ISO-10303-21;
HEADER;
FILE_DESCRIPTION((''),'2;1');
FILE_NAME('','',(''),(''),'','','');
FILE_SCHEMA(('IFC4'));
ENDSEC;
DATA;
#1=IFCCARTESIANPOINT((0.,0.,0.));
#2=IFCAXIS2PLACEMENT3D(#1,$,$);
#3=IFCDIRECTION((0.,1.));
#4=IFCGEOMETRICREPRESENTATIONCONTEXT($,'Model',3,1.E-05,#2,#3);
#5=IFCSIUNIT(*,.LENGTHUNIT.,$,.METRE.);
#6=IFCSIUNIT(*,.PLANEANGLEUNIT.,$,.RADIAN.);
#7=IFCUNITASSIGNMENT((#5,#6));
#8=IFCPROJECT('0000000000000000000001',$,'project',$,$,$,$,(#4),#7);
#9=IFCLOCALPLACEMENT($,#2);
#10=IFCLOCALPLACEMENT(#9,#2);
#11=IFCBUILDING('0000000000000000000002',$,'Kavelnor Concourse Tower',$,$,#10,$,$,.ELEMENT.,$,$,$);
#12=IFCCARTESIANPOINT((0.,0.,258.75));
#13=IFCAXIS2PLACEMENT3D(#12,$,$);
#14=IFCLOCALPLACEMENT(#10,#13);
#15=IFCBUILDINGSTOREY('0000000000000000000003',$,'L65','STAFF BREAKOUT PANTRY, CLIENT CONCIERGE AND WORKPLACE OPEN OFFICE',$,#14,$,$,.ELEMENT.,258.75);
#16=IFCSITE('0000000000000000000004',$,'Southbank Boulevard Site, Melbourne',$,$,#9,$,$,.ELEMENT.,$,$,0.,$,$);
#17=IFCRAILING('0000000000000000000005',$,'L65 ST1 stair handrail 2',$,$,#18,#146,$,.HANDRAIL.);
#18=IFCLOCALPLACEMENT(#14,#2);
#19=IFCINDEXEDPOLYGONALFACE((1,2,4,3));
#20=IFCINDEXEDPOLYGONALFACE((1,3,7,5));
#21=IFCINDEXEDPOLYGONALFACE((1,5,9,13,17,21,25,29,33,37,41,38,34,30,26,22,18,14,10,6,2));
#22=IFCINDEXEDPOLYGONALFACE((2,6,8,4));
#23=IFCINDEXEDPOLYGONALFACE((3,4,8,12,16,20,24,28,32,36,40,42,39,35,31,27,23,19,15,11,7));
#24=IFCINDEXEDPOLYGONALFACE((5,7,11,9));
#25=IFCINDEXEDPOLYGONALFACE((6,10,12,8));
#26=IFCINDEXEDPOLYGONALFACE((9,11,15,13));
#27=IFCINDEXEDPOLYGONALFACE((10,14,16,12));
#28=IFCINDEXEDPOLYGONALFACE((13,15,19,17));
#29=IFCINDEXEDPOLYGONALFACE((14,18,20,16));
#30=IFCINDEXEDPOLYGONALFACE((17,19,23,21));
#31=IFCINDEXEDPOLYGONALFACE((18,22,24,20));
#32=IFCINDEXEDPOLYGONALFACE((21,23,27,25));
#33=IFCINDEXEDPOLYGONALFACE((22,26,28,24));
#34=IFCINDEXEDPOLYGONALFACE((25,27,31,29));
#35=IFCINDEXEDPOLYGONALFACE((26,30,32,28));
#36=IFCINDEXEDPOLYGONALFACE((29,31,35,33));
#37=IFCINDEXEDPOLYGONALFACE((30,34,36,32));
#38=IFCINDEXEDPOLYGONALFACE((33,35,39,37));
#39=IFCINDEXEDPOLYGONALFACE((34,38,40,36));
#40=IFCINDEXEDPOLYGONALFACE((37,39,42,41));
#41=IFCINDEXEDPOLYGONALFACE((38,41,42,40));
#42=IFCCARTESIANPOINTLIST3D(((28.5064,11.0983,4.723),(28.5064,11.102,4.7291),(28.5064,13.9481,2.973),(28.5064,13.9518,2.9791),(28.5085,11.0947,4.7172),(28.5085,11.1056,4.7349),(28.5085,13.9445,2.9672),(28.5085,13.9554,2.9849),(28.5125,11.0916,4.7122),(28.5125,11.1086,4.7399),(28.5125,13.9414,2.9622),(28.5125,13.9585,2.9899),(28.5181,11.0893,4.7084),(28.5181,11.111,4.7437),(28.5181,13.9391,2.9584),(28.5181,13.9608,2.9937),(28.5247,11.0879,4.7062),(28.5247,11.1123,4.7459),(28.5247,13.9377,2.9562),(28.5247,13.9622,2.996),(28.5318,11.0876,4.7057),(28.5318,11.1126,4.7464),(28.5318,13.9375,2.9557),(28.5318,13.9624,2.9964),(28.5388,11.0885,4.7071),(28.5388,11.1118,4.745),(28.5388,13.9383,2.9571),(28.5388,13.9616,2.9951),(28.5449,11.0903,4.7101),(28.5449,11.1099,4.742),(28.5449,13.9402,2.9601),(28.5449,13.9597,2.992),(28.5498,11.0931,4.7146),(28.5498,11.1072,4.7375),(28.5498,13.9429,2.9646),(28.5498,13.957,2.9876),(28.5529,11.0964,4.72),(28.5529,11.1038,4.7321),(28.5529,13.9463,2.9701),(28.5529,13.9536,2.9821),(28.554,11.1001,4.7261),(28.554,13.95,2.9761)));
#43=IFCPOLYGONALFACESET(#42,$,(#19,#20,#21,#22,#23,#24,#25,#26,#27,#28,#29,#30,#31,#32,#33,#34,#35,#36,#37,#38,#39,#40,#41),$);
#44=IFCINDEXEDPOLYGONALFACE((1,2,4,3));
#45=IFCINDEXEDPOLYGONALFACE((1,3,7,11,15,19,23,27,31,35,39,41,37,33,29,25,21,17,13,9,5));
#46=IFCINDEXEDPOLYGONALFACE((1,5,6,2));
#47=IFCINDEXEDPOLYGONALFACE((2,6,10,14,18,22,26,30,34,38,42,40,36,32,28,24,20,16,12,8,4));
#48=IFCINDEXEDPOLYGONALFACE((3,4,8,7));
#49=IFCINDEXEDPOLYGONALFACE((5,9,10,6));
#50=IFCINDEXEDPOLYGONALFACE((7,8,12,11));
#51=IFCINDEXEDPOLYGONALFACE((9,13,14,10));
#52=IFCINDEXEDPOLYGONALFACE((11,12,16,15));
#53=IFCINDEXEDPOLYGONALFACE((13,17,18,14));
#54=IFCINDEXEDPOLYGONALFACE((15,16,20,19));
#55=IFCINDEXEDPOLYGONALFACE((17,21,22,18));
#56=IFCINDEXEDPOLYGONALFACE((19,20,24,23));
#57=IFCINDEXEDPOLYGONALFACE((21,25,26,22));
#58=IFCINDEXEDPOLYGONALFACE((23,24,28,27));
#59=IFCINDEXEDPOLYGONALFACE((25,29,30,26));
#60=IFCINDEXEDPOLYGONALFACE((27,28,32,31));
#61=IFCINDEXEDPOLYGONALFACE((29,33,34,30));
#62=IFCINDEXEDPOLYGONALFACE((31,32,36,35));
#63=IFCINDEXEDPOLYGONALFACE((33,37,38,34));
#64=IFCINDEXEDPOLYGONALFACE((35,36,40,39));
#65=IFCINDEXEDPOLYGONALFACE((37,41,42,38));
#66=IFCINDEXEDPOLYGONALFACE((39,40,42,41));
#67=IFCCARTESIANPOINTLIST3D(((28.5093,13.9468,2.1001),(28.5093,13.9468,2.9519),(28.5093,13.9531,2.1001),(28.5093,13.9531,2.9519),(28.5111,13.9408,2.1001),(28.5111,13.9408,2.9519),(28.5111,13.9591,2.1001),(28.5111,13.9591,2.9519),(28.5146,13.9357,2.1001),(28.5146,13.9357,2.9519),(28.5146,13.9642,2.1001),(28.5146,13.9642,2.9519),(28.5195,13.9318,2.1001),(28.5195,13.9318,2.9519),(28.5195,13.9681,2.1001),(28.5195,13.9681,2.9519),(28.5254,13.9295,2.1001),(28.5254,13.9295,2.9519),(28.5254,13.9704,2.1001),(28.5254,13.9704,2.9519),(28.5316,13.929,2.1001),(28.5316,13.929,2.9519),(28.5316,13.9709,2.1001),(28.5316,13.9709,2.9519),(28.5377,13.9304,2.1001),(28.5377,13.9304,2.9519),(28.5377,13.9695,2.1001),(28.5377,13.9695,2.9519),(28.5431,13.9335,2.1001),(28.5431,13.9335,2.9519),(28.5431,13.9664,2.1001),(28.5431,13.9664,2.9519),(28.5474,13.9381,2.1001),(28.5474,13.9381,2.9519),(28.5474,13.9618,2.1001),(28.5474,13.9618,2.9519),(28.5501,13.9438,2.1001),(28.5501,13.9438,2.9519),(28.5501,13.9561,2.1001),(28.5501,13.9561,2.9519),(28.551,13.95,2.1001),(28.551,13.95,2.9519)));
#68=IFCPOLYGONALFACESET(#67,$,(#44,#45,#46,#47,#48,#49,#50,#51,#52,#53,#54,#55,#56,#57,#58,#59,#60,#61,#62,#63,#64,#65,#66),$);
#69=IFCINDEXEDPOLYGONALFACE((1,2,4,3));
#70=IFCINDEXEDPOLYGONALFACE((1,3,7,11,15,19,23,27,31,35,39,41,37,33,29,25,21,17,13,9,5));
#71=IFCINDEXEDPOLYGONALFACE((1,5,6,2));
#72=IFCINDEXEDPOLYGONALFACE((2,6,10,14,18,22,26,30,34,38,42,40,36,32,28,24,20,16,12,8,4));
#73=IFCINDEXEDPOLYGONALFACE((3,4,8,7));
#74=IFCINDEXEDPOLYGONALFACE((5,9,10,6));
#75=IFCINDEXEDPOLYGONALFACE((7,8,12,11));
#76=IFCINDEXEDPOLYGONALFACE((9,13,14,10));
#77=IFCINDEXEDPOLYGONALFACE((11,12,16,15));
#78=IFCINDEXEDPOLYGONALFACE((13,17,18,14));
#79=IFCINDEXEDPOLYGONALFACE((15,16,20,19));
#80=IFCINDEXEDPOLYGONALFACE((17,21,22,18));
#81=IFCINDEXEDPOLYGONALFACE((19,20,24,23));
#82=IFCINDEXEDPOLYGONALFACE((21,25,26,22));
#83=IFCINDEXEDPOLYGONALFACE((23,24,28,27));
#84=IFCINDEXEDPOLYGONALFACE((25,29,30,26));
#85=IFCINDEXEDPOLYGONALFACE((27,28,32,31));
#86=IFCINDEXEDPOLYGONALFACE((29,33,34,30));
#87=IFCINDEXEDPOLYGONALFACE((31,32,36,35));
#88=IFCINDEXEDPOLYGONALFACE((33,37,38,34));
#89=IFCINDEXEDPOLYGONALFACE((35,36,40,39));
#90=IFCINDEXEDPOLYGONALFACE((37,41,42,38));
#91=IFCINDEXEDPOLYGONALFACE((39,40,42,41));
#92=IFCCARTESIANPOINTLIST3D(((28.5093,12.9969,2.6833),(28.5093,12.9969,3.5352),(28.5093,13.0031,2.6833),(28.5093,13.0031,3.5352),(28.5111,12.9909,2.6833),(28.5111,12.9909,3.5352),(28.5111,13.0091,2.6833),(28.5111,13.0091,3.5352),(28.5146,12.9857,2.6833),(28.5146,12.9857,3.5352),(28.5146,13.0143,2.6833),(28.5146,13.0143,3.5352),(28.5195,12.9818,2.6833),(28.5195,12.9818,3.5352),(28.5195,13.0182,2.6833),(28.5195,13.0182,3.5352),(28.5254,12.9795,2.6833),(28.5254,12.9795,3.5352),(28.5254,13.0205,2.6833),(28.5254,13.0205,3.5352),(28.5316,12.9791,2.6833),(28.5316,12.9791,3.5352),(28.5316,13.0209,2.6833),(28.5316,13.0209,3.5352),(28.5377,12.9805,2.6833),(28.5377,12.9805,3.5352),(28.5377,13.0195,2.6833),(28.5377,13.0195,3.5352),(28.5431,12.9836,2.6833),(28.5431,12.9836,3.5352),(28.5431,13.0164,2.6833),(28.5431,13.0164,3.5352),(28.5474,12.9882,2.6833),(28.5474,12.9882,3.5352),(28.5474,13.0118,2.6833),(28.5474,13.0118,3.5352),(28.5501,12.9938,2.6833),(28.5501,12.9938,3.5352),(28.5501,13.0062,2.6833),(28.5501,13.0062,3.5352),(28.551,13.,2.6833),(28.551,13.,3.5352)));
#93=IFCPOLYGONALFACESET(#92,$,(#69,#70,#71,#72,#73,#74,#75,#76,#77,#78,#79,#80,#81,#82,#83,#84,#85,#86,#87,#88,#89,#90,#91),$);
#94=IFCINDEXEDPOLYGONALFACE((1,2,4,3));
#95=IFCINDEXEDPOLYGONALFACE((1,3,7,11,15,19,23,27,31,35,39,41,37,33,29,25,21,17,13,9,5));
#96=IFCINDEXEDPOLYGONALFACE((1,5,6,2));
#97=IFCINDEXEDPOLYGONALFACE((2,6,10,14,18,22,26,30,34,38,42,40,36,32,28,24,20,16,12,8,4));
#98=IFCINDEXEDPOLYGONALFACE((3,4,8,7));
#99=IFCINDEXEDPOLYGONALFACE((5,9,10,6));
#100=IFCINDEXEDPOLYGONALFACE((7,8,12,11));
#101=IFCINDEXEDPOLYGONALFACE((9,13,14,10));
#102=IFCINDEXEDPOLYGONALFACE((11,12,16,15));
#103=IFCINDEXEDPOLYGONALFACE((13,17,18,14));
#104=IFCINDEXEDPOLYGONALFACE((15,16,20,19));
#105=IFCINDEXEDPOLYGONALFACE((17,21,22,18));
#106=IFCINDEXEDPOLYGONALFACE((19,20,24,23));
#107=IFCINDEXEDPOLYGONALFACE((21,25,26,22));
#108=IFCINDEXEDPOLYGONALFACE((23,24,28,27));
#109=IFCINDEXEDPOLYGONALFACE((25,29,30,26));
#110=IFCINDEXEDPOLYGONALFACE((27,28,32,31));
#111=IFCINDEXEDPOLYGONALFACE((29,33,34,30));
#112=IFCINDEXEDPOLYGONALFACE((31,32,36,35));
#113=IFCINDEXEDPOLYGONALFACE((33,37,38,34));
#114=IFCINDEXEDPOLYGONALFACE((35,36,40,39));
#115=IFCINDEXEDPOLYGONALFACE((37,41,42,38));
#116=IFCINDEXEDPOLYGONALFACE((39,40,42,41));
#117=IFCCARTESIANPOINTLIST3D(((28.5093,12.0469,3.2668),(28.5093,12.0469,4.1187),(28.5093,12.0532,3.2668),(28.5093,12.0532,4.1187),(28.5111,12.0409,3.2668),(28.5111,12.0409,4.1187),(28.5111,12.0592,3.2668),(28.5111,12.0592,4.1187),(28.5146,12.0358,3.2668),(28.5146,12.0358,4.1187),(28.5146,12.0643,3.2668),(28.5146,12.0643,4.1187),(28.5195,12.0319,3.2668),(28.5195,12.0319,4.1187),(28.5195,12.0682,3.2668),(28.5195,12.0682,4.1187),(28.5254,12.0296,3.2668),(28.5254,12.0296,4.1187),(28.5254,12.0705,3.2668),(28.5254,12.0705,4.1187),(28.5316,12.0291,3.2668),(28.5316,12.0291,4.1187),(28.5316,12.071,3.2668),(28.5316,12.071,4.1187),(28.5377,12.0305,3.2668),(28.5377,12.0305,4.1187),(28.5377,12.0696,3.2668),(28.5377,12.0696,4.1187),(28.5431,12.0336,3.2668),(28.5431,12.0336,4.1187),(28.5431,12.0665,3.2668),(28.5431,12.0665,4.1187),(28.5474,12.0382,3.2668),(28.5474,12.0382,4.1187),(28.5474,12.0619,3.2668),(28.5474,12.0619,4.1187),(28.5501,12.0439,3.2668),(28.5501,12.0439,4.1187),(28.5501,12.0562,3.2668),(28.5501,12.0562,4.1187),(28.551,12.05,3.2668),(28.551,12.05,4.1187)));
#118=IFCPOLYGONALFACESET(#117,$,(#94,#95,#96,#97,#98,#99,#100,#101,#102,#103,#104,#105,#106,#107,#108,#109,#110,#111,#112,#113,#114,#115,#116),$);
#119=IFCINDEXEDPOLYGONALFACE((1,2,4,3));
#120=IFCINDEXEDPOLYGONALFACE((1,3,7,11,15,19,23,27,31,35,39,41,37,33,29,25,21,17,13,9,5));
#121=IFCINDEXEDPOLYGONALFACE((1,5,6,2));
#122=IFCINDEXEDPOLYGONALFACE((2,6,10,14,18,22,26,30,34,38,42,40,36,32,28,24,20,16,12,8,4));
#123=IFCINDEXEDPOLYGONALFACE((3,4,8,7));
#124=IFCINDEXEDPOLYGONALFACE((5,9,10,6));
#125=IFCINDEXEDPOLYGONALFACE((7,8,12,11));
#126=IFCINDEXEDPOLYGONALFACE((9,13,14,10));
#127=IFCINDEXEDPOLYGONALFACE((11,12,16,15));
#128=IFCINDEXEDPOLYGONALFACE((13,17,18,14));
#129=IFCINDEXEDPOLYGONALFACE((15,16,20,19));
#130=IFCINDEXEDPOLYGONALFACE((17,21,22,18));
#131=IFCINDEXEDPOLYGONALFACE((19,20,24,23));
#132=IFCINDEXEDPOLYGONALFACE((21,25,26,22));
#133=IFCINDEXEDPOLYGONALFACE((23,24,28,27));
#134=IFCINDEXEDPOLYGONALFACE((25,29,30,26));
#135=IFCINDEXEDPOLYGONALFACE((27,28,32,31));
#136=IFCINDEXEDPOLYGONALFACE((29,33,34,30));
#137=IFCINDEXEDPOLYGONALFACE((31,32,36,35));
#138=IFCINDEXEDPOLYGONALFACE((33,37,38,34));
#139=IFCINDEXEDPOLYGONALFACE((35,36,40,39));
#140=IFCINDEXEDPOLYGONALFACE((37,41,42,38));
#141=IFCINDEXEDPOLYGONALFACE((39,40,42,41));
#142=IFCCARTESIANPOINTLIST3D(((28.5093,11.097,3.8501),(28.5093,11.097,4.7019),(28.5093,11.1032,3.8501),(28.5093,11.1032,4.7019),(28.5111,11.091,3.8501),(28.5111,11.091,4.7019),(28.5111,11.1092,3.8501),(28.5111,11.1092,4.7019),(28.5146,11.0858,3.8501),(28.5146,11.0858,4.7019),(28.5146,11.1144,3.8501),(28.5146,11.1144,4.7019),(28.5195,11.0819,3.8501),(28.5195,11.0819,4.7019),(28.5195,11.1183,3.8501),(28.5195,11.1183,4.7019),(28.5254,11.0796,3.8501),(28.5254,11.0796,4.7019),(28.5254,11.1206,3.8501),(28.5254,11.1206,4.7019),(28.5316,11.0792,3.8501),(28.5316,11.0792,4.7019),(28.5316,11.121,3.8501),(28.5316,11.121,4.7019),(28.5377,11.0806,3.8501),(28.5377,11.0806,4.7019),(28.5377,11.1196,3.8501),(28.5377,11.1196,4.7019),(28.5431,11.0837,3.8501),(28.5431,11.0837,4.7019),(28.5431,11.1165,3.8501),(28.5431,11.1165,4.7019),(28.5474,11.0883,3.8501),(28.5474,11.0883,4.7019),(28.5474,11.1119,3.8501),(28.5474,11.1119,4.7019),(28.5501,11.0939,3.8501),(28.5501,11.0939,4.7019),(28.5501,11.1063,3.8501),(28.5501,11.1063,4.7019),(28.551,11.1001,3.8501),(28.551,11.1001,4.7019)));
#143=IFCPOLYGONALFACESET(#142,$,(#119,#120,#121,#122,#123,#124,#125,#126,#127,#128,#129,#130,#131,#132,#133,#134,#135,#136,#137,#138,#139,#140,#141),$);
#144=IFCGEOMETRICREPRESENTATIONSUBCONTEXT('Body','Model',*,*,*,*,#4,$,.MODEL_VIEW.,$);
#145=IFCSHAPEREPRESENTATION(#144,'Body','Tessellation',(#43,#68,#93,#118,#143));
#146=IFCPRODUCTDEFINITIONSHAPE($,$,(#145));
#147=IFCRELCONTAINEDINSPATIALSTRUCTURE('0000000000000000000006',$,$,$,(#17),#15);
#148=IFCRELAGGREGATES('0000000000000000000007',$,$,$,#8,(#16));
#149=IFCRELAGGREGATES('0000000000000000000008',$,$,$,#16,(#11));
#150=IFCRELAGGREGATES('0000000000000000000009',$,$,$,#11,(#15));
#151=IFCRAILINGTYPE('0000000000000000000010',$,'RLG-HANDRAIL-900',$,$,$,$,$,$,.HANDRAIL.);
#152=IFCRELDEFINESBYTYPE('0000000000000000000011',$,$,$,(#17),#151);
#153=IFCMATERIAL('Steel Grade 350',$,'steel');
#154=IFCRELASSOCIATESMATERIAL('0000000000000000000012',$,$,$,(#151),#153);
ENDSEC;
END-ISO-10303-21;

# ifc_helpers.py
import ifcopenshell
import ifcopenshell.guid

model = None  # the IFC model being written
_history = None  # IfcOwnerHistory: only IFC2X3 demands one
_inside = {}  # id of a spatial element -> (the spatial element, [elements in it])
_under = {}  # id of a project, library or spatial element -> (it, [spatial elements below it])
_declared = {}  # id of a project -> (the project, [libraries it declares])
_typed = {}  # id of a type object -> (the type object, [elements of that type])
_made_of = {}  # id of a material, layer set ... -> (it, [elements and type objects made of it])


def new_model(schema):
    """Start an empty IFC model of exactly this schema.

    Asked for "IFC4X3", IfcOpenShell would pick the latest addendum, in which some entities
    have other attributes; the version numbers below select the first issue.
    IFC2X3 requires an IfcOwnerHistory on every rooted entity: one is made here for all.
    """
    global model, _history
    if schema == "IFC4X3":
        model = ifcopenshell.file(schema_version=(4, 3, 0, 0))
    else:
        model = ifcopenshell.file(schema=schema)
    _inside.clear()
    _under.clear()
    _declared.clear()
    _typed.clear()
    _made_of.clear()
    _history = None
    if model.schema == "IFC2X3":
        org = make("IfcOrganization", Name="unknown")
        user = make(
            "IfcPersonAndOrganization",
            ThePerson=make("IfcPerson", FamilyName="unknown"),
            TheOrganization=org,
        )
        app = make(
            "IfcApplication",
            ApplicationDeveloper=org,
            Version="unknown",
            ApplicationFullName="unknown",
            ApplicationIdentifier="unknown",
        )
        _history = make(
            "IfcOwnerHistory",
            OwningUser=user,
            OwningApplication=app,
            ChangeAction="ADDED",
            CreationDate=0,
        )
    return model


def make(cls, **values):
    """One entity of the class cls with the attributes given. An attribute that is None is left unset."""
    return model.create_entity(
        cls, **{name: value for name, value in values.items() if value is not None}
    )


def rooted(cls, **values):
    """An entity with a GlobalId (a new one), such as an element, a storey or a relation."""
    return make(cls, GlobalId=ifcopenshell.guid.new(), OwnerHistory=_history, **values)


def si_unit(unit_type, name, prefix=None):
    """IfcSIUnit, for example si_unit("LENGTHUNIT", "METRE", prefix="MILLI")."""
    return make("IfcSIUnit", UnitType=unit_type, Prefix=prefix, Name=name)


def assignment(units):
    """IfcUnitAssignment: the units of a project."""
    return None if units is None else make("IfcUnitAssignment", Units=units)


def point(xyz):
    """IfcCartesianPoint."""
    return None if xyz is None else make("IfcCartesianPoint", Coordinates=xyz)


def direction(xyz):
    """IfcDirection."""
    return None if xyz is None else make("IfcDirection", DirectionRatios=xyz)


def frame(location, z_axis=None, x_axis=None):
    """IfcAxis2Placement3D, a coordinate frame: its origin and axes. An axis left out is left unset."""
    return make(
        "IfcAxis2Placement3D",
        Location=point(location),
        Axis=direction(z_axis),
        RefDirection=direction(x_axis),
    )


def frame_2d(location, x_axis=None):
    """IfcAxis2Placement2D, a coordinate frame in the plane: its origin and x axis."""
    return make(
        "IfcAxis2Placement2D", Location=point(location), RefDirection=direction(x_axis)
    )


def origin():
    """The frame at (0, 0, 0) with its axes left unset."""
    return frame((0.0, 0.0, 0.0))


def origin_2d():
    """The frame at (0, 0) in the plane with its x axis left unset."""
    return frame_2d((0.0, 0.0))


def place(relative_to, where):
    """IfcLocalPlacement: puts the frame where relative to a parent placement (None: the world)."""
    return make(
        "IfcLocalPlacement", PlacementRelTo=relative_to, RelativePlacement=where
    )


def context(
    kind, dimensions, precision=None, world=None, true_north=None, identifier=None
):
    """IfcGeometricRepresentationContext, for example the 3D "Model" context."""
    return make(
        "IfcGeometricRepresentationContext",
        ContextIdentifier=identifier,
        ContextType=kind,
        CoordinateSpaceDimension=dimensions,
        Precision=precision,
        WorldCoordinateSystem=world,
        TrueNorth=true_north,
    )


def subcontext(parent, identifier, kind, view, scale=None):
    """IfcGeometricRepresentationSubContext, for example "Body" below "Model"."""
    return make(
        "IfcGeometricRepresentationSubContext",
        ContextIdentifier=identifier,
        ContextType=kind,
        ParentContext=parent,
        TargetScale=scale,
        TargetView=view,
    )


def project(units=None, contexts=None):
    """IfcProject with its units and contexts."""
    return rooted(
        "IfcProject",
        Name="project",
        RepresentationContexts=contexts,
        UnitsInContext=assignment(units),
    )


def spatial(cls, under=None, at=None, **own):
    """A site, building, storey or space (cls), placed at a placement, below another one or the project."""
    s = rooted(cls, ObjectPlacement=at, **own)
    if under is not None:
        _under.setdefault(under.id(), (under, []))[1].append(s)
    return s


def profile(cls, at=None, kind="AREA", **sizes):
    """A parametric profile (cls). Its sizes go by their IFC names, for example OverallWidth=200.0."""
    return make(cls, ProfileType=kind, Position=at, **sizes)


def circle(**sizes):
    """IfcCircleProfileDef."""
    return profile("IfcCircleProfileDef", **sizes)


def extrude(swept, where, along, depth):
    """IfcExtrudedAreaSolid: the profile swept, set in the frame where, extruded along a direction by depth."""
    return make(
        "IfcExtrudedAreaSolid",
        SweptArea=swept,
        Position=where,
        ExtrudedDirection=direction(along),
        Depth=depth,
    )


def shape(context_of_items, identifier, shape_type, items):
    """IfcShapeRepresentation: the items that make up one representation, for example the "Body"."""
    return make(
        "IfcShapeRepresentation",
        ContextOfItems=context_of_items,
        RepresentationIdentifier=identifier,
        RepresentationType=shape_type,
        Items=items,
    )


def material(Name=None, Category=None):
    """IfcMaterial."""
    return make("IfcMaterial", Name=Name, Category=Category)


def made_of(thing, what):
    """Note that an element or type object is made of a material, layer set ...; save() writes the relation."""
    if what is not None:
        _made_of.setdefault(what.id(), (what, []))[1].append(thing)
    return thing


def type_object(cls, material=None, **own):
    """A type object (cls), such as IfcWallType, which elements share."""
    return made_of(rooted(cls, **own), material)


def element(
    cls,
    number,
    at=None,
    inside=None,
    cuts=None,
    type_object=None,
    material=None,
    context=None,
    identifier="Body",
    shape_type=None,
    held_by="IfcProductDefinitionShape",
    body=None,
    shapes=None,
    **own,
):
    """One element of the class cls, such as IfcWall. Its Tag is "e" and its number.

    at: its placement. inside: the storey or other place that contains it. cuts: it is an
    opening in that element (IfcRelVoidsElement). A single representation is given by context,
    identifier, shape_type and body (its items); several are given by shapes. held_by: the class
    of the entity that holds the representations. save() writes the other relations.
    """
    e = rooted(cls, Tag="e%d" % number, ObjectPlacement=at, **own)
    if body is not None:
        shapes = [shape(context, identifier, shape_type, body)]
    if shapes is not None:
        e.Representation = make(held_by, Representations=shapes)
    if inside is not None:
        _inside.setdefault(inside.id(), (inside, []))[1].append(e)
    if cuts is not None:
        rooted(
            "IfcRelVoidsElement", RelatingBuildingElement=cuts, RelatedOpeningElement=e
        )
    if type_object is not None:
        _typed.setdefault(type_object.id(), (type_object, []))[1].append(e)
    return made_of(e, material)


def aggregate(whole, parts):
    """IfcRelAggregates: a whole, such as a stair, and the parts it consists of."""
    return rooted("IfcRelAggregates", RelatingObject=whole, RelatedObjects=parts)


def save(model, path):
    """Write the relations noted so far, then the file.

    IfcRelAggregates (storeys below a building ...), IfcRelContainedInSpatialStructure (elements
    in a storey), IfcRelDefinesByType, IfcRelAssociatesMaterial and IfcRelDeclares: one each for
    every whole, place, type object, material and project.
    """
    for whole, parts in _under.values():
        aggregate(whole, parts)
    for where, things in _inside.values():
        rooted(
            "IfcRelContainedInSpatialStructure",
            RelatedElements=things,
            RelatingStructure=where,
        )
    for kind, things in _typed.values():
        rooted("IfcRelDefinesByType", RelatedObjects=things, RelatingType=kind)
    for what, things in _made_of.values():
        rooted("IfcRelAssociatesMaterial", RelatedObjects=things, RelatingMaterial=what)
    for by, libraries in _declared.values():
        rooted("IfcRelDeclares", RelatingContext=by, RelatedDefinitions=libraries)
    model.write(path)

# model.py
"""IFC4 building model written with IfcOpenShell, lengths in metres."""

from ifc_helpers import new_model, si_unit, direction, frame, origin, origin_2d, place, context, subcontext, project, spatial, circle, extrude, material, type_object, element, save


model = new_model("IFC4")

# Units and contexts
model_context = context("Model", 3, precision=1e-05, world=origin(), true_north=direction((0.0, 1.0)))
body_context = subcontext(model_context, "Body", "Model", "MODEL_VIEW")
ifc_project = project(units=[si_unit("LENGTHUNIT", "METRE"), si_unit("PLANEANGLEUNIT", "RADIAN")], contexts=[model_context])

# Site, building, storey
site_placement = place(None, origin())
site = spatial("IfcSite", under=ifc_project, at=site_placement, Name="Southbank Boulevard Site, Melbourne", CompositionType="ELEMENT", RefElevation=0.0)
building_placement = place(site_placement, origin())
building = spatial("IfcBuilding", under=site, at=building_placement, Name="Kavelnor Concourse Tower", CompositionType="ELEMENT")
storey_placement = place(building_placement, frame((0.0, 0.0, 258.75)))
storey = spatial("IfcBuildingStorey", under=building, at=storey_placement, Name="L65", Description="STAFF BREAKOUT PANTRY, CLIENT CONCIERGE AND WORKPLACE OPEN OFFICE", CompositionType="ELEMENT", Elevation=258.75)

# Shared definitions
ifc_material_1 = material(Name="Steel Grade 350", Category="steel")

# Railing
railing_type_1 = type_object("IfcRailingType", Name="RLG-HANDRAIL-900", PredefinedType="HANDRAIL", material=ifc_material_1)
railing_1_placement = place(storey_placement, frame((28.53, 13.95, 2.1001)))
element("IfcRailing", 1, at=railing_1_placement, inside=storey, type_object=railing_type_1, Name="L65 ST1 stair handrail 2", PredefinedType="HANDRAIL", context=body_context, shape_type="SweptSolid", body=[
    extrude(circle(Radius=0.0239, at=origin_2d()), frame((0.0, 0.0, 0.876), z_axis=(0.0, -0.852159, 0.523283), x_axis=(1.0, 0.0, 0.0)), (0.0, 0.0, 1.0), 3.3442),
    extrude(circle(Radius=0.021, at=origin_2d()), origin(), (0.0, 0.0, 1.0), 0.8518),
    extrude(circle(Radius=0.021, at=origin_2d()), frame((0.0, -0.95, 0.5833)), (0.0, 0.0, 1.0), 0.8518),
    extrude(circle(Radius=0.021, at=origin_2d()), frame((0.0, -1.8999, 1.1667)), (0.0, 0.0, 1.0), 0.8518),
    extrude(circle(Radius=0.021, at=origin_2d()), frame((0.0, -2.8499, 1.75)), (0.0, 0.0, 1.0), 0.8518),
])

save(model, "model.ifc")
